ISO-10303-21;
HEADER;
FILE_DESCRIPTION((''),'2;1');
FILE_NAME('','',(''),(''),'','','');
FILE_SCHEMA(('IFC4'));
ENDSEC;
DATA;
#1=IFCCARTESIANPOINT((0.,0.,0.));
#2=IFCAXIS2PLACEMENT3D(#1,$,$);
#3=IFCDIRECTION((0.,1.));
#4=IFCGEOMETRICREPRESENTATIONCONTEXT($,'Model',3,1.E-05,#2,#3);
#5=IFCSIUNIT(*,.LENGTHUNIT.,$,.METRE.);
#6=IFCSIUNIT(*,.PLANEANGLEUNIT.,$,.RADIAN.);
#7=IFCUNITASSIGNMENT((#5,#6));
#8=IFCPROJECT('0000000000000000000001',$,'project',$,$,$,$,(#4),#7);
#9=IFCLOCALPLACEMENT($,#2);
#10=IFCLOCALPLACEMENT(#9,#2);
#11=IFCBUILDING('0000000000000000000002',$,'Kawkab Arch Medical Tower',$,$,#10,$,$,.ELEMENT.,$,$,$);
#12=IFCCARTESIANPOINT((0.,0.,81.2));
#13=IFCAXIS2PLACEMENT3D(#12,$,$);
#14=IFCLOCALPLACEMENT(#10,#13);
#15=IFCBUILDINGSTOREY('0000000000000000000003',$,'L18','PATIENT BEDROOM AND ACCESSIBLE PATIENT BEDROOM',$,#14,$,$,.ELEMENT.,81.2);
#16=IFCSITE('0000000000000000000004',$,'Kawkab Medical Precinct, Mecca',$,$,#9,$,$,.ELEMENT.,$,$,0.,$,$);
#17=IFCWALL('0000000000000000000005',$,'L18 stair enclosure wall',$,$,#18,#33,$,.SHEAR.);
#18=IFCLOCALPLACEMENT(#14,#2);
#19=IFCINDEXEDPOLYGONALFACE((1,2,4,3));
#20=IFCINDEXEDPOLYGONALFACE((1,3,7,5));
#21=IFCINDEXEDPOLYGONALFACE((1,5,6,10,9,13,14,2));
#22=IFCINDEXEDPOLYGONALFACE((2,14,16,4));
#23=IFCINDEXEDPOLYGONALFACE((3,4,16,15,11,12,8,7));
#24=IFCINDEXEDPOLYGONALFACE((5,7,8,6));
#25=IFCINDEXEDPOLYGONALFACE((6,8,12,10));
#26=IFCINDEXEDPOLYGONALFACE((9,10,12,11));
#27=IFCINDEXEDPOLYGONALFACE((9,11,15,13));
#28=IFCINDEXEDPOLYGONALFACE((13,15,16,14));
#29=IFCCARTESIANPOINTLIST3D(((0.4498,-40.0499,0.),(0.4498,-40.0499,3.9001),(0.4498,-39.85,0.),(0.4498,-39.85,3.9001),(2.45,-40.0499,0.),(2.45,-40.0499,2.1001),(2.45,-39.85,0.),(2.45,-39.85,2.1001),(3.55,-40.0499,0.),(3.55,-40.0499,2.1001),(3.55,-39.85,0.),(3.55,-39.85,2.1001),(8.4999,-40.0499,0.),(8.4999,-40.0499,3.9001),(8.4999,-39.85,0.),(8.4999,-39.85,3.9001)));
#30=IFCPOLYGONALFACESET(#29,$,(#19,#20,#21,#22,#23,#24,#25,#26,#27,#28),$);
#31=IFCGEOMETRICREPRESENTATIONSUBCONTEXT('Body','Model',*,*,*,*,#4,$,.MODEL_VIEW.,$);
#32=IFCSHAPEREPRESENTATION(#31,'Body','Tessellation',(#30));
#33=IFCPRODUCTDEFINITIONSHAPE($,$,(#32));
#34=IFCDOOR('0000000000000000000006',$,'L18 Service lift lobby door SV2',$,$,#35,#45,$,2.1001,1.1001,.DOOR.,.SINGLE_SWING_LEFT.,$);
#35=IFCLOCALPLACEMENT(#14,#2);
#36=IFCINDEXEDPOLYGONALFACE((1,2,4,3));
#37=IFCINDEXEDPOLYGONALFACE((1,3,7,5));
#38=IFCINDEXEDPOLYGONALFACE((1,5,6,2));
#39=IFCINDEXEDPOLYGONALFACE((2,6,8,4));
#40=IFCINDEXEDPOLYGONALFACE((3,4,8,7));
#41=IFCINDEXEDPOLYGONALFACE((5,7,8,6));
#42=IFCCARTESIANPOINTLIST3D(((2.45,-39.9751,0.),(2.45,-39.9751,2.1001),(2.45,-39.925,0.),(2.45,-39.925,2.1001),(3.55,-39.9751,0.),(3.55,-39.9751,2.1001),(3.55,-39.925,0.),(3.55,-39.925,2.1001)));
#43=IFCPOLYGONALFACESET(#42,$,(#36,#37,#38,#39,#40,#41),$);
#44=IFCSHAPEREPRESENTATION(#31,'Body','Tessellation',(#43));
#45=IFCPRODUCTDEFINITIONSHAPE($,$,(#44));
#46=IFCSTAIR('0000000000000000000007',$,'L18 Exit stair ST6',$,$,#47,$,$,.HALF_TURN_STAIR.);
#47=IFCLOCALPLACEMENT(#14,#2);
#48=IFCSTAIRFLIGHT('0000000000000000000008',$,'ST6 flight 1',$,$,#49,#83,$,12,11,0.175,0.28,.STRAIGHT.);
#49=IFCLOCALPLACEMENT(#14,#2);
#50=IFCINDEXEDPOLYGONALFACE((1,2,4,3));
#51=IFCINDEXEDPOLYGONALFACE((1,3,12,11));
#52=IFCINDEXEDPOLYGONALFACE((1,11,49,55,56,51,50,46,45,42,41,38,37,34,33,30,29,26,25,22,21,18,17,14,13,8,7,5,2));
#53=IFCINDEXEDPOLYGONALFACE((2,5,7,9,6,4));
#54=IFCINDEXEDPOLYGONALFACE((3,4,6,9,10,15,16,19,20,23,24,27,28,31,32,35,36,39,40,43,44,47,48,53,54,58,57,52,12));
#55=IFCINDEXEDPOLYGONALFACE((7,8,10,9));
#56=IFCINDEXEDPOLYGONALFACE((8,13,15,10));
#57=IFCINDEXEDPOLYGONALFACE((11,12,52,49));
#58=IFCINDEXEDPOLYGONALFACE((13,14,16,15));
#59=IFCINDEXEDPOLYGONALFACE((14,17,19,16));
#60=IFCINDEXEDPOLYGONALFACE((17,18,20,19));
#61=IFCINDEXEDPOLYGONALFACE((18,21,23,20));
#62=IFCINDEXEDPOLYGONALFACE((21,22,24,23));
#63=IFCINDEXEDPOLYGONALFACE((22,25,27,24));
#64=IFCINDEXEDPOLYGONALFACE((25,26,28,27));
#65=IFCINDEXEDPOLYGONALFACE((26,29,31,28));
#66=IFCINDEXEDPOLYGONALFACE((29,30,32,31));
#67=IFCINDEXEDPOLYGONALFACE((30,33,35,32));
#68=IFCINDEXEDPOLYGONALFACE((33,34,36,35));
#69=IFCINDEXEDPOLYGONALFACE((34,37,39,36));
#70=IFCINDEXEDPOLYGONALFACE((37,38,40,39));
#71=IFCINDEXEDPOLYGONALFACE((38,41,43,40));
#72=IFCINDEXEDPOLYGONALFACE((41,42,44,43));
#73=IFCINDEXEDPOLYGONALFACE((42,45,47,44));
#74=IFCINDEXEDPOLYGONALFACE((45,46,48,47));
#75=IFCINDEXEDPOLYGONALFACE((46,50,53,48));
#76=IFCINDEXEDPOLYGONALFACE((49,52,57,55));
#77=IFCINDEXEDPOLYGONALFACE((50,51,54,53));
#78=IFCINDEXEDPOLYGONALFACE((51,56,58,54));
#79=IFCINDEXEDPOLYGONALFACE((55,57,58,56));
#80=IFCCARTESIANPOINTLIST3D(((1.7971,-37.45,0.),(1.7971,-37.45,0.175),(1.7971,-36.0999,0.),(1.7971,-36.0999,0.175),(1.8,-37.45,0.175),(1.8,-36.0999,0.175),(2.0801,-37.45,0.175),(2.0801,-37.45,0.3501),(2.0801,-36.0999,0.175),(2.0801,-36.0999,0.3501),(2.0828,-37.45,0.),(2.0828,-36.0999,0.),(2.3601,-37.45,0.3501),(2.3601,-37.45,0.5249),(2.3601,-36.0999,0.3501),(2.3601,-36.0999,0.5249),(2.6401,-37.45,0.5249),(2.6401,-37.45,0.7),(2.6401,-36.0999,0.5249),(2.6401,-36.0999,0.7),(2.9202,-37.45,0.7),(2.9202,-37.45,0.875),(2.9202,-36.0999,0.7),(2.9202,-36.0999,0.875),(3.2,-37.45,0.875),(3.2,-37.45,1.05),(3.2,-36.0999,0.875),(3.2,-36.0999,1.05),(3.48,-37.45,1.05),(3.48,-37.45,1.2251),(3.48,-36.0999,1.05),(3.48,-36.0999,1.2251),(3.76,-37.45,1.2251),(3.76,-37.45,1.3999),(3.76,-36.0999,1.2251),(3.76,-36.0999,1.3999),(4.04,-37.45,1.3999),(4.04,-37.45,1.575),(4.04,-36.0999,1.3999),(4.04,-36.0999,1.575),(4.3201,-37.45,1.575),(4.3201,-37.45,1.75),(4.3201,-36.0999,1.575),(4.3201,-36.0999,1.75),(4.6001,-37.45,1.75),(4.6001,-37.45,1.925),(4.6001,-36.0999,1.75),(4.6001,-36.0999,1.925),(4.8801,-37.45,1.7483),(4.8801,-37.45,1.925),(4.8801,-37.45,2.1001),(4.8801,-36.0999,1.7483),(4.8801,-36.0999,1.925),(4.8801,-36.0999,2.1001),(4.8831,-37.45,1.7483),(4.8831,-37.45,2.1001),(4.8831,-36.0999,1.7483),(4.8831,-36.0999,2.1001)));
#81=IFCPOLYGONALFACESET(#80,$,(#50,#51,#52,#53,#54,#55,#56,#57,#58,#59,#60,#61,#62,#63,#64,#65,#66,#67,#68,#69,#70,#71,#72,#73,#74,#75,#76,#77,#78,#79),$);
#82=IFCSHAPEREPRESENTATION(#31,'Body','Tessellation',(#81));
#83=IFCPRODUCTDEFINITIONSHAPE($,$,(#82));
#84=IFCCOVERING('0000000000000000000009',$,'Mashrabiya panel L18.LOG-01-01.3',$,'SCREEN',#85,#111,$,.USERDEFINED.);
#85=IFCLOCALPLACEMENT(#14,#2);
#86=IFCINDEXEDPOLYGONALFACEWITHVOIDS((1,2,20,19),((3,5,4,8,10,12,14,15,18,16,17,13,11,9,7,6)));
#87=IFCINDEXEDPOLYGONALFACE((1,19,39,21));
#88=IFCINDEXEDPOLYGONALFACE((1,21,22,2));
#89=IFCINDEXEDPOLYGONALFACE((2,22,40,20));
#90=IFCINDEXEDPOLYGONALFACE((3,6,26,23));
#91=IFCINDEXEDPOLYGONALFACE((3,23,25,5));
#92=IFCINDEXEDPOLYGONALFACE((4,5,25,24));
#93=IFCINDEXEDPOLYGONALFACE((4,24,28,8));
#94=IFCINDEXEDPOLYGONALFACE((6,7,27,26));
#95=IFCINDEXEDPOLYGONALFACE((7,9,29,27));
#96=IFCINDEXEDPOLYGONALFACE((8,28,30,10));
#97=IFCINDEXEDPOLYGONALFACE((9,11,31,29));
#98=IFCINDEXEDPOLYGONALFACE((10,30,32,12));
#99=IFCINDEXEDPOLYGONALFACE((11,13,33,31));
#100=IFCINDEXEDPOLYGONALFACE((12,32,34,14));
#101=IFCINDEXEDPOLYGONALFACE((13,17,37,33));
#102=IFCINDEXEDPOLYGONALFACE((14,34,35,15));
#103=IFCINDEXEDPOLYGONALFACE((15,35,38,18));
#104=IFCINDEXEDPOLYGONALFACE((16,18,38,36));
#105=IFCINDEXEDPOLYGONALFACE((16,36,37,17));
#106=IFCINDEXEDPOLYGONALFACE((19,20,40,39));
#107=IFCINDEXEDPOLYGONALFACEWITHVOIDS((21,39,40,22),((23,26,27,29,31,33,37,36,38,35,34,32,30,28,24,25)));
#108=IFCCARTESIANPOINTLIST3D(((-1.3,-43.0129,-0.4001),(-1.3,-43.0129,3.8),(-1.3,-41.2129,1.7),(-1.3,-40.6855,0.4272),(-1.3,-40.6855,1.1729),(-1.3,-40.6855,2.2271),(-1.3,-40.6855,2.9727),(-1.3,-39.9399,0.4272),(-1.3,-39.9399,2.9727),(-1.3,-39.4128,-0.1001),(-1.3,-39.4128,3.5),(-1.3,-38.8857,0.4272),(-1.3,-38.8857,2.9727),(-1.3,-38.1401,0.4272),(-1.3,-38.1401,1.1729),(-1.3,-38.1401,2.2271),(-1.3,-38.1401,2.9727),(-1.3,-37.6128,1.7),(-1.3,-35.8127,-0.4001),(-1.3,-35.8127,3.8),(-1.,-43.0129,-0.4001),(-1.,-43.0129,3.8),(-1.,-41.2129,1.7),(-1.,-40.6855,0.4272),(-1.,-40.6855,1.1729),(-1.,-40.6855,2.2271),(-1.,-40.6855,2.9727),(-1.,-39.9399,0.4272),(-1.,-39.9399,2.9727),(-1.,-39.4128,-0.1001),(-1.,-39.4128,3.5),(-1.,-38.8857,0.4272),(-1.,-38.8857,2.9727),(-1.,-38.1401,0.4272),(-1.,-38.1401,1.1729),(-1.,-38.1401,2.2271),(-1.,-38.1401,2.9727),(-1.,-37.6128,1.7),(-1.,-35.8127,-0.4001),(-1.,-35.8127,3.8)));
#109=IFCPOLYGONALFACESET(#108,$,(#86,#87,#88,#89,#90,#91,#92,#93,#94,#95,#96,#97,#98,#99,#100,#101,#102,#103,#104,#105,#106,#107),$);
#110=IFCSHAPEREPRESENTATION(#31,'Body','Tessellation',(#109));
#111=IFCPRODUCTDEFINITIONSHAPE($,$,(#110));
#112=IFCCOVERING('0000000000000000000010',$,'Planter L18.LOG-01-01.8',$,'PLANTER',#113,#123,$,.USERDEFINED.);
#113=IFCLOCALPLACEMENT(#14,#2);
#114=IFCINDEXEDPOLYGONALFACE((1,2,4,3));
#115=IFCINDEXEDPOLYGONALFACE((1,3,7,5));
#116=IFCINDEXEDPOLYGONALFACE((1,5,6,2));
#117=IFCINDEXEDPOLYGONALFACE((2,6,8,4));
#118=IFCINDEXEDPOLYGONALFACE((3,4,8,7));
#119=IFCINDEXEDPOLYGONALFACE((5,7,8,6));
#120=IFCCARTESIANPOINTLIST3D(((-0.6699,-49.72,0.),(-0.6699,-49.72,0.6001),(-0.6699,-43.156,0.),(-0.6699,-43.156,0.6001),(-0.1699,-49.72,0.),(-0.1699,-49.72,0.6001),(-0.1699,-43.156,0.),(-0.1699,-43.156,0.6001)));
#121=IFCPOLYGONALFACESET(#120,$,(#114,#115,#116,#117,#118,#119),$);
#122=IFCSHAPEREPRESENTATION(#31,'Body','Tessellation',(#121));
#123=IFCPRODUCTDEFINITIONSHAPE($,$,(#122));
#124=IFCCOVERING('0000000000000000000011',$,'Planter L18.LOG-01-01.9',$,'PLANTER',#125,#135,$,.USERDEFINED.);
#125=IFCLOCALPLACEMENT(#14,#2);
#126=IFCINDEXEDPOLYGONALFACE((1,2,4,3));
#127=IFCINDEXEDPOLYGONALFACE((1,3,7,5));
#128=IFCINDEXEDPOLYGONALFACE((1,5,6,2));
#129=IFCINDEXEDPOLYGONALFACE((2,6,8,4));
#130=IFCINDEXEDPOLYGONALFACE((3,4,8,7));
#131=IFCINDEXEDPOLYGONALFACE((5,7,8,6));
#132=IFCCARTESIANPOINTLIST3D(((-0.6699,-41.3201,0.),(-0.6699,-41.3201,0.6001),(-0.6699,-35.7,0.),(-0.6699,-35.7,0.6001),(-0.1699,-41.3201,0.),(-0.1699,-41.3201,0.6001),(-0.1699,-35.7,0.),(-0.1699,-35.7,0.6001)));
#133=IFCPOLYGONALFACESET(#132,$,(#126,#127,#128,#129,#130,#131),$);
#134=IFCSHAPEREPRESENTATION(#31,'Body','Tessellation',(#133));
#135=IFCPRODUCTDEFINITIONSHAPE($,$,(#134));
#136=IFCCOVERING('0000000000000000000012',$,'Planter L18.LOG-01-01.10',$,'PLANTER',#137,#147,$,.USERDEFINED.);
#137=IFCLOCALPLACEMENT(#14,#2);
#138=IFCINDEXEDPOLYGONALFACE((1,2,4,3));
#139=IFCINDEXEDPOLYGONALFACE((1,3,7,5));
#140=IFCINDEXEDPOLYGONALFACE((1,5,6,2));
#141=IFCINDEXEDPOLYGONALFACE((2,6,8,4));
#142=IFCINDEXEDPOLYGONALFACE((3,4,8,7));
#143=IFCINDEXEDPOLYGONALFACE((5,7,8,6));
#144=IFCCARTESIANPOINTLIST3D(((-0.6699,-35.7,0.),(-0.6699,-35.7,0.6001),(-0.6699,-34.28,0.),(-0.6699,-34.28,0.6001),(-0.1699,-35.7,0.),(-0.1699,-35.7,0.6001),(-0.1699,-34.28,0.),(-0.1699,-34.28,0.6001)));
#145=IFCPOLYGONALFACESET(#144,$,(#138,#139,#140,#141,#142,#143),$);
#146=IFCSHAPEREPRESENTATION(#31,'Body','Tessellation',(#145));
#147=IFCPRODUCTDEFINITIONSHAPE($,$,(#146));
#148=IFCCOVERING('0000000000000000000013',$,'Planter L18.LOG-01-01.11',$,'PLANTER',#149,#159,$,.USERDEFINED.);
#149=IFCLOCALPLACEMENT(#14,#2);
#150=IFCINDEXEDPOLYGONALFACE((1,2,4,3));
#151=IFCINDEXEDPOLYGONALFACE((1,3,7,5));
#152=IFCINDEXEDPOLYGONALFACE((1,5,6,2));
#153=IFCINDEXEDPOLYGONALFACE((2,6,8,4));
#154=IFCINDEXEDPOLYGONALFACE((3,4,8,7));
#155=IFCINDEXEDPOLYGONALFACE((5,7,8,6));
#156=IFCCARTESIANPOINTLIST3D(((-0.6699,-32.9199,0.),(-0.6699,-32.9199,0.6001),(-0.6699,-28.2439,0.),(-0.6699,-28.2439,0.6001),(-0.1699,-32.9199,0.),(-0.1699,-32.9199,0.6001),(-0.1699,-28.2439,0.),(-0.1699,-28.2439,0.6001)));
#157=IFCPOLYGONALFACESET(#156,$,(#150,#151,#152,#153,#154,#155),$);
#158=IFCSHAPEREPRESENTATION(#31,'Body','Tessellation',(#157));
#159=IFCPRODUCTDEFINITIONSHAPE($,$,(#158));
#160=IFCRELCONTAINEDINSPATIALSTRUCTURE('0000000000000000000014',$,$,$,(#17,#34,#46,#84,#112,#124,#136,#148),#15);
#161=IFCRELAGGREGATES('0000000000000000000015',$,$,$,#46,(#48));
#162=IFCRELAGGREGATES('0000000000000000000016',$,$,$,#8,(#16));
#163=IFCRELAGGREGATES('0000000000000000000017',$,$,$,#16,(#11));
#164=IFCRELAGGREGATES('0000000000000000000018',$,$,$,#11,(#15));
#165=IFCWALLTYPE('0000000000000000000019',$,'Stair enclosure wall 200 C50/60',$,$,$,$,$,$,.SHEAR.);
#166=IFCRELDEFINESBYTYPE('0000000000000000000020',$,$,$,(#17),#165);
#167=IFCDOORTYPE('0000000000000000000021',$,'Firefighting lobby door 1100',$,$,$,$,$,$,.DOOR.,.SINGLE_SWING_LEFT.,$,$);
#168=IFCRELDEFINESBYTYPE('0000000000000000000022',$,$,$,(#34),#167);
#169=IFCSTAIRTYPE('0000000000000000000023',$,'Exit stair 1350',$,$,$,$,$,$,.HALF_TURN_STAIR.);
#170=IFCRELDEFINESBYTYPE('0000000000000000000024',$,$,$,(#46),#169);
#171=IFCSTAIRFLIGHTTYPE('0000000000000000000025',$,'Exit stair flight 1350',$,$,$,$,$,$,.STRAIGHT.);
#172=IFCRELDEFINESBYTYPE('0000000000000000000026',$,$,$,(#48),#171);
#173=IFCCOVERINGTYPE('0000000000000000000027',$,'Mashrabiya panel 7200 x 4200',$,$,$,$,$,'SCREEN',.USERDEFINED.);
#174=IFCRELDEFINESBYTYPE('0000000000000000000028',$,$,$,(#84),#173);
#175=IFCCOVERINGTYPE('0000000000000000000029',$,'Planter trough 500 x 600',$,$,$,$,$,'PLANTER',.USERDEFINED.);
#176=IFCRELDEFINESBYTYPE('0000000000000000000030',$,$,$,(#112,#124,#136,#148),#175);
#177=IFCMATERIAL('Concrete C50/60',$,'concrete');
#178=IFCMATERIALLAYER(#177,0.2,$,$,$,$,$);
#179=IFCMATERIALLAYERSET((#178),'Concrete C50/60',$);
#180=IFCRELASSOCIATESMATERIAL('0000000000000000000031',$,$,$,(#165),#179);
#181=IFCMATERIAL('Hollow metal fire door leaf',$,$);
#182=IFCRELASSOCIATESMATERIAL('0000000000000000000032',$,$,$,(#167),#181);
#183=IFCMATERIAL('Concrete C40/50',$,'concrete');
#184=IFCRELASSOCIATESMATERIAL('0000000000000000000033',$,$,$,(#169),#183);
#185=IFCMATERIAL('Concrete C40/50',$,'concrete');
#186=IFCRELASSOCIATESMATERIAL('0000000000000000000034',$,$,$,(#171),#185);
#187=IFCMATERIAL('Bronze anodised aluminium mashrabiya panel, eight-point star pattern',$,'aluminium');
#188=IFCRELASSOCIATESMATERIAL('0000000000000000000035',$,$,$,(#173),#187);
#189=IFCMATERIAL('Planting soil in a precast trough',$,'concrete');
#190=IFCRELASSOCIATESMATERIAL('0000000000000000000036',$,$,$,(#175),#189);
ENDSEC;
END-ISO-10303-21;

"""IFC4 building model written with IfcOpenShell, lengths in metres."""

from ifc_helpers import new_model, si_unit, direction, frame, frame_2d, origin, origin_2d, place, context, subcontext, project, spatial, polyline, rectangle, outline, extrude, material, layer, layer_set, material_profile, profile_set, type_object, element, fill, aggregate, save


model = new_model("IFC4")

# Units and contexts
model_context = context("Model", 3, precision=1e-05, world=origin(), true_north=direction((0.0, 1.0)))
body_context = subcontext(model_context, "Body", "Model", "MODEL_VIEW")
ifc_project = project(units=[si_unit("LENGTHUNIT", "METRE"), si_unit("PLANEANGLEUNIT", "RADIAN")], contexts=[model_context])

# Site, building, storey
site_placement = place(None, origin())
site = spatial("IfcSite", under=ifc_project, at=site_placement, Name="Kawkab Medical Precinct, Mecca", CompositionType="ELEMENT", RefElevation=0.0)
building_placement = place(site_placement, origin())
building = spatial("IfcBuilding", under=site, at=building_placement, Name="Kawkab Arch Medical Tower", CompositionType="ELEMENT")
storey_placement = place(building_placement, frame((0.0, 0.0, 81.2)))
storey = spatial("IfcBuildingStorey", under=building, at=storey_placement, Name="L18", Description="PATIENT BEDROOM AND ACCESSIBLE PATIENT BEDROOM", CompositionType="ELEMENT", Elevation=81.2)

# Shared definitions
placement = place(storey_placement, origin())

# Wall, opening, door
ifc_material_1 = material(Name="Concrete C50/60", Category="concrete")
ifc_layer_1 = layer(ifc_material_1, 0.2)
ifc_layer_set_1 = layer_set([ifc_layer_1], Name="Concrete C50/60")
wall_type_1 = type_object("IfcWallType", Name="Stair enclosure wall 200 C50/60", PredefinedType="SHEAR", material=ifc_layer_set_1)
wall_1_placement = place(storey_placement, frame((0.45, -39.95, 0.0), z_axis=(0.0, 0.0, 1.0), x_axis=(1.0, 0.0, 0.0)))
wall_1 = element("IfcWall", 1, at=wall_1_placement, inside=storey, type_object=wall_type_1, Name="L18 stair enclosure wall", PredefinedType="SHEAR", context=body_context, shape_type="SweptSolid", body=[
    extrude(rectangle(XDim=8.05, YDim=0.2, at=frame_2d((4.0249, 0.0))), origin(), (0.0, 0.0, 1.0), 3.9001),
])
opening_1_placement = place(wall_1_placement, frame((2.0, 0.0, 0.0)))
opening_1 = element("IfcOpeningElement", 2, at=opening_1_placement, cuts=wall_1, PredefinedType="OPENING", context=body_context, shape_type="SweptSolid", body=[
    extrude(rectangle(XDim=1.1001, YDim=2.1001, at=frame_2d((0.55, 1.05))), frame((0.0, 0.1099, 0.0), z_axis=(0.0, -1.0, 0.0), x_axis=(1.0, 0.0, 0.0)), (0.0, 0.0, 1.0), 0.22),
])
ifc_material_2 = material(Name="Hollow metal fire door leaf")
door_type_1 = type_object("IfcDoorType", Name="Firefighting lobby door 1100", OperationType="SINGLE_SWING_LEFT", PredefinedType="DOOR", material=ifc_material_2)
door_1_placement = place(opening_1_placement, origin())
door_1 = element("IfcDoor", 3, at=door_1_placement, inside=storey, type_object=door_type_1, Name="L18 Service lift lobby door SV2", OperationType="SINGLE_SWING_LEFT", OverallHeight=2.1001, OverallWidth=1.1001, PredefinedType="DOOR", context=body_context, shape_type="SweptSolid", body=[
    extrude(rectangle(XDim=1.1001, YDim=2.1001, at=frame_2d((0.55, 1.05))), frame((0.0, 0.0249, 0.0), z_axis=(0.0, -1.0, 0.0), x_axis=(1.0, 0.0, 0.0)), (0.0, 0.0, 1.0), 0.05),
])
fill(opening_1, door_1)

# Stair, stair flight
ifc_material_3 = material(Name="Concrete C40/50", Category="concrete")
stair_type = type_object("IfcStairType", Name="Exit stair 1350", PredefinedType="HALF_TURN_STAIR", material=ifc_material_3)
stair = element("IfcStair", 4, at=placement, inside=storey, type_object=stair_type, Name="L18 Exit stair ST6", PredefinedType="HALF_TURN_STAIR")
ifc_material_4 = material(Name="Concrete C40/50", Category="concrete")
stair_flight_type = type_object("IfcStairFlightType", Name="Exit stair flight 1350", PredefinedType="STRAIGHT", material=ifc_material_4)
stair_flight_placement = place(storey_placement, frame((1.8, -36.7749, 0.0), z_axis=(0.0, 0.0, 1.0), x_axis=(1.0, 0.0, 0.0)))
stair_flight = element("IfcStairFlight", 5, at=stair_flight_placement, type_object=stair_flight_type, Name="ST6 flight 1", NumberOfRisers=12, NumberOfTreads=11, PredefinedType="STRAIGHT", RiserHeight=0.175, TreadLength=0.28, context=body_context, shape_type="SweptSolid", body=[
    extrude(outline(polyline([(-0.0029, 0.0), (-0.0029, 0.175), (0.0, 0.175), (0.28, 0.175), (0.28, 0.3501), (0.5601, 0.3501), (0.5601, 0.5249), (0.8401, 0.5249), (0.8401, 0.7), (1.1201, 0.7), (1.1201, 0.875), (1.3999, 0.875), (1.3999, 1.05), (1.6799, 1.05), (1.6799, 1.2251), (1.96, 1.2251), (1.96, 1.3999), (2.24, 1.3999), (2.24, 1.575), (2.52, 1.575), (2.52, 1.75), (2.8, 1.75), (2.8, 1.925), (3.0801, 1.925), (3.0801, 2.1001), (3.083, 2.1001), (3.083, 1.7483), (3.0801, 1.7483), (0.2827, 0.0), (-0.0029, 0.0)])), frame((0.0, 0.675, 0.0), z_axis=(0.0, -1.0, 0.0), x_axis=(1.0, 0.0, 0.0)), (0.0, 0.0, 1.0), 1.3501),
])
aggregate(stair, [stair_flight])

# Coverings
ifc_material_5 = material(Name="Bronze anodised aluminium mashrabiya panel, eight-point star pattern", Category="aluminium")
ifc_material_profile_1 = material_profile(ifc_material_5, outline(polyline([(-3.6001, -2.1001), (3.6001, -2.1001), (3.6001, 2.1001), (-3.6001, 2.1001), (-3.6001, -2.1001)]), holes=[polyline([(1.8, 0.0), (1.2727, 0.5271), (1.2727, 1.2727), (0.5271, 1.2727), (0.0, 1.8), (-0.5271, 1.2727), (-1.2727, 1.2727), (-1.2727, 0.5271), (-1.8, 0.0), (-1.2727, -0.5271), (-1.2727, -1.2727), (-0.5271, -1.2727), (0.0, -1.8), (0.5271, -1.2727), (1.2727, -1.2727), (1.2727, -0.5271), (1.8, 0.0)])]), Name="Mashrabiya panel 7200x4200")
ifc_profile_set_1 = profile_set([ifc_material_profile_1], Name="Bronze anodised aluminium mashrabiya panel, eight-point star pattern")
covering_type_1 = type_object("IfcCoveringType", Name="Mashrabiya panel 7200 x 4200", ElementType="SCREEN", PredefinedType="USERDEFINED", material=ifc_profile_set_1)
covering_1_placement = place(storey_placement, frame((-1.0, -39.4128, 1.7), z_axis=(-1.0, 0.0, 0.0), x_axis=(0.0, -1.0, 0.0)))
element("IfcCovering", 6, at=covering_1_placement, inside=storey, type_object=covering_type_1, Name="Mashrabiya panel L18.LOG-01-01.3", ObjectType="SCREEN", PredefinedType="USERDEFINED", context=body_context, shape_type="SweptSolid", body=[
    extrude(outline(polyline([(-3.6001, -2.1001), (3.6001, -2.1001), (3.6001, 2.1001), (-3.6001, 2.1001), (-3.6001, -2.1001)]), holes=[polyline([(1.8, 0.0), (1.2727, 0.5271), (1.2727, 1.2727), (0.5271, 1.2727), (0.0, 1.8), (-0.5271, 1.2727), (-1.2727, 1.2727), (-1.2727, 0.5271), (-1.8, 0.0), (-1.2727, -0.5271), (-1.2727, -1.2727), (-0.5271, -1.2727), (0.0, -1.8), (0.5271, -1.2727), (1.2727, -1.2727), (1.2727, -0.5271), (1.8, 0.0)])]), origin(), (0.0, 0.0, 1.0), 0.3),
])
ifc_material_6 = material(Name="Planting soil in a precast trough", Category="concrete")
ifc_material_profile_2 = material_profile(ifc_material_6, rectangle(XDim=0.5, YDim=0.6001, at=origin_2d()), Name="Trough 500x600")
ifc_profile_set_2 = profile_set([ifc_material_profile_2], Name="Planting soil in a precast trough")
covering_type_2 = type_object("IfcCoveringType", Name="Planter trough 500 x 600", ElementType="PLANTER", PredefinedType="USERDEFINED", material=ifc_profile_set_2)
covering_2_placement = place(storey_placement, frame((-0.4199, -49.72, 0.3), z_axis=(0.0, 1.0, 0.0), x_axis=(-1.0, 0.0, 0.0)))
element("IfcCovering", 7, at=covering_2_placement, inside=storey, type_object=covering_type_2, Name="Planter L18.LOG-01-01.8", ObjectType="PLANTER", PredefinedType="USERDEFINED", context=body_context, shape_type="SweptSolid", body=[
    extrude(rectangle(XDim=0.5, YDim=0.6001, at=origin_2d()), origin(), (0.0, 0.0, 1.0), 6.564),
])
covering_3_placement = place(storey_placement, frame((-0.4199, -41.3201, 0.3), z_axis=(0.0, 1.0, 0.0), x_axis=(-1.0, 0.0, 0.0)))
element("IfcCovering", 8, at=covering_3_placement, inside=storey, type_object=covering_type_2, Name="Planter L18.LOG-01-01.9", ObjectType="PLANTER", PredefinedType="USERDEFINED", context=body_context, shape_type="SweptSolid", body=[
    extrude(rectangle(XDim=0.5, YDim=0.6001, at=origin_2d()), origin(), (0.0, 0.0, 1.0), 5.6201),
])
covering_4_placement = place(storey_placement, frame((-0.4199, -35.7, 0.3), z_axis=(0.0, 1.0, 0.0), x_axis=(-1.0, 0.0, 0.0)))
element("IfcCovering", 9, at=covering_4_placement, inside=storey, type_object=covering_type_2, Name="Planter L18.LOG-01-01.10", ObjectType="PLANTER", PredefinedType="USERDEFINED", context=body_context, shape_type="SweptSolid", body=[
    extrude(rectangle(XDim=0.5, YDim=0.6001, at=origin_2d()), origin(), (0.0, 0.0, 1.0), 1.4199),
])
covering_5_placement = place(storey_placement, frame((-0.4199, -32.9199, 0.3), z_axis=(0.0, 1.0, 0.0), x_axis=(-1.0, 0.0, 0.0)))
element("IfcCovering", 10, at=covering_5_placement, inside=storey, type_object=covering_type_2, Name="Planter L18.LOG-01-01.11", ObjectType="PLANTER", PredefinedType="USERDEFINED", context=body_context, shape_type="SweptSolid", body=[
    extrude(rectangle(XDim=0.5, YDim=0.6001, at=origin_2d()), origin(), (0.0, 0.0, 1.0), 4.676),
])

save(model, "model.ifc")
